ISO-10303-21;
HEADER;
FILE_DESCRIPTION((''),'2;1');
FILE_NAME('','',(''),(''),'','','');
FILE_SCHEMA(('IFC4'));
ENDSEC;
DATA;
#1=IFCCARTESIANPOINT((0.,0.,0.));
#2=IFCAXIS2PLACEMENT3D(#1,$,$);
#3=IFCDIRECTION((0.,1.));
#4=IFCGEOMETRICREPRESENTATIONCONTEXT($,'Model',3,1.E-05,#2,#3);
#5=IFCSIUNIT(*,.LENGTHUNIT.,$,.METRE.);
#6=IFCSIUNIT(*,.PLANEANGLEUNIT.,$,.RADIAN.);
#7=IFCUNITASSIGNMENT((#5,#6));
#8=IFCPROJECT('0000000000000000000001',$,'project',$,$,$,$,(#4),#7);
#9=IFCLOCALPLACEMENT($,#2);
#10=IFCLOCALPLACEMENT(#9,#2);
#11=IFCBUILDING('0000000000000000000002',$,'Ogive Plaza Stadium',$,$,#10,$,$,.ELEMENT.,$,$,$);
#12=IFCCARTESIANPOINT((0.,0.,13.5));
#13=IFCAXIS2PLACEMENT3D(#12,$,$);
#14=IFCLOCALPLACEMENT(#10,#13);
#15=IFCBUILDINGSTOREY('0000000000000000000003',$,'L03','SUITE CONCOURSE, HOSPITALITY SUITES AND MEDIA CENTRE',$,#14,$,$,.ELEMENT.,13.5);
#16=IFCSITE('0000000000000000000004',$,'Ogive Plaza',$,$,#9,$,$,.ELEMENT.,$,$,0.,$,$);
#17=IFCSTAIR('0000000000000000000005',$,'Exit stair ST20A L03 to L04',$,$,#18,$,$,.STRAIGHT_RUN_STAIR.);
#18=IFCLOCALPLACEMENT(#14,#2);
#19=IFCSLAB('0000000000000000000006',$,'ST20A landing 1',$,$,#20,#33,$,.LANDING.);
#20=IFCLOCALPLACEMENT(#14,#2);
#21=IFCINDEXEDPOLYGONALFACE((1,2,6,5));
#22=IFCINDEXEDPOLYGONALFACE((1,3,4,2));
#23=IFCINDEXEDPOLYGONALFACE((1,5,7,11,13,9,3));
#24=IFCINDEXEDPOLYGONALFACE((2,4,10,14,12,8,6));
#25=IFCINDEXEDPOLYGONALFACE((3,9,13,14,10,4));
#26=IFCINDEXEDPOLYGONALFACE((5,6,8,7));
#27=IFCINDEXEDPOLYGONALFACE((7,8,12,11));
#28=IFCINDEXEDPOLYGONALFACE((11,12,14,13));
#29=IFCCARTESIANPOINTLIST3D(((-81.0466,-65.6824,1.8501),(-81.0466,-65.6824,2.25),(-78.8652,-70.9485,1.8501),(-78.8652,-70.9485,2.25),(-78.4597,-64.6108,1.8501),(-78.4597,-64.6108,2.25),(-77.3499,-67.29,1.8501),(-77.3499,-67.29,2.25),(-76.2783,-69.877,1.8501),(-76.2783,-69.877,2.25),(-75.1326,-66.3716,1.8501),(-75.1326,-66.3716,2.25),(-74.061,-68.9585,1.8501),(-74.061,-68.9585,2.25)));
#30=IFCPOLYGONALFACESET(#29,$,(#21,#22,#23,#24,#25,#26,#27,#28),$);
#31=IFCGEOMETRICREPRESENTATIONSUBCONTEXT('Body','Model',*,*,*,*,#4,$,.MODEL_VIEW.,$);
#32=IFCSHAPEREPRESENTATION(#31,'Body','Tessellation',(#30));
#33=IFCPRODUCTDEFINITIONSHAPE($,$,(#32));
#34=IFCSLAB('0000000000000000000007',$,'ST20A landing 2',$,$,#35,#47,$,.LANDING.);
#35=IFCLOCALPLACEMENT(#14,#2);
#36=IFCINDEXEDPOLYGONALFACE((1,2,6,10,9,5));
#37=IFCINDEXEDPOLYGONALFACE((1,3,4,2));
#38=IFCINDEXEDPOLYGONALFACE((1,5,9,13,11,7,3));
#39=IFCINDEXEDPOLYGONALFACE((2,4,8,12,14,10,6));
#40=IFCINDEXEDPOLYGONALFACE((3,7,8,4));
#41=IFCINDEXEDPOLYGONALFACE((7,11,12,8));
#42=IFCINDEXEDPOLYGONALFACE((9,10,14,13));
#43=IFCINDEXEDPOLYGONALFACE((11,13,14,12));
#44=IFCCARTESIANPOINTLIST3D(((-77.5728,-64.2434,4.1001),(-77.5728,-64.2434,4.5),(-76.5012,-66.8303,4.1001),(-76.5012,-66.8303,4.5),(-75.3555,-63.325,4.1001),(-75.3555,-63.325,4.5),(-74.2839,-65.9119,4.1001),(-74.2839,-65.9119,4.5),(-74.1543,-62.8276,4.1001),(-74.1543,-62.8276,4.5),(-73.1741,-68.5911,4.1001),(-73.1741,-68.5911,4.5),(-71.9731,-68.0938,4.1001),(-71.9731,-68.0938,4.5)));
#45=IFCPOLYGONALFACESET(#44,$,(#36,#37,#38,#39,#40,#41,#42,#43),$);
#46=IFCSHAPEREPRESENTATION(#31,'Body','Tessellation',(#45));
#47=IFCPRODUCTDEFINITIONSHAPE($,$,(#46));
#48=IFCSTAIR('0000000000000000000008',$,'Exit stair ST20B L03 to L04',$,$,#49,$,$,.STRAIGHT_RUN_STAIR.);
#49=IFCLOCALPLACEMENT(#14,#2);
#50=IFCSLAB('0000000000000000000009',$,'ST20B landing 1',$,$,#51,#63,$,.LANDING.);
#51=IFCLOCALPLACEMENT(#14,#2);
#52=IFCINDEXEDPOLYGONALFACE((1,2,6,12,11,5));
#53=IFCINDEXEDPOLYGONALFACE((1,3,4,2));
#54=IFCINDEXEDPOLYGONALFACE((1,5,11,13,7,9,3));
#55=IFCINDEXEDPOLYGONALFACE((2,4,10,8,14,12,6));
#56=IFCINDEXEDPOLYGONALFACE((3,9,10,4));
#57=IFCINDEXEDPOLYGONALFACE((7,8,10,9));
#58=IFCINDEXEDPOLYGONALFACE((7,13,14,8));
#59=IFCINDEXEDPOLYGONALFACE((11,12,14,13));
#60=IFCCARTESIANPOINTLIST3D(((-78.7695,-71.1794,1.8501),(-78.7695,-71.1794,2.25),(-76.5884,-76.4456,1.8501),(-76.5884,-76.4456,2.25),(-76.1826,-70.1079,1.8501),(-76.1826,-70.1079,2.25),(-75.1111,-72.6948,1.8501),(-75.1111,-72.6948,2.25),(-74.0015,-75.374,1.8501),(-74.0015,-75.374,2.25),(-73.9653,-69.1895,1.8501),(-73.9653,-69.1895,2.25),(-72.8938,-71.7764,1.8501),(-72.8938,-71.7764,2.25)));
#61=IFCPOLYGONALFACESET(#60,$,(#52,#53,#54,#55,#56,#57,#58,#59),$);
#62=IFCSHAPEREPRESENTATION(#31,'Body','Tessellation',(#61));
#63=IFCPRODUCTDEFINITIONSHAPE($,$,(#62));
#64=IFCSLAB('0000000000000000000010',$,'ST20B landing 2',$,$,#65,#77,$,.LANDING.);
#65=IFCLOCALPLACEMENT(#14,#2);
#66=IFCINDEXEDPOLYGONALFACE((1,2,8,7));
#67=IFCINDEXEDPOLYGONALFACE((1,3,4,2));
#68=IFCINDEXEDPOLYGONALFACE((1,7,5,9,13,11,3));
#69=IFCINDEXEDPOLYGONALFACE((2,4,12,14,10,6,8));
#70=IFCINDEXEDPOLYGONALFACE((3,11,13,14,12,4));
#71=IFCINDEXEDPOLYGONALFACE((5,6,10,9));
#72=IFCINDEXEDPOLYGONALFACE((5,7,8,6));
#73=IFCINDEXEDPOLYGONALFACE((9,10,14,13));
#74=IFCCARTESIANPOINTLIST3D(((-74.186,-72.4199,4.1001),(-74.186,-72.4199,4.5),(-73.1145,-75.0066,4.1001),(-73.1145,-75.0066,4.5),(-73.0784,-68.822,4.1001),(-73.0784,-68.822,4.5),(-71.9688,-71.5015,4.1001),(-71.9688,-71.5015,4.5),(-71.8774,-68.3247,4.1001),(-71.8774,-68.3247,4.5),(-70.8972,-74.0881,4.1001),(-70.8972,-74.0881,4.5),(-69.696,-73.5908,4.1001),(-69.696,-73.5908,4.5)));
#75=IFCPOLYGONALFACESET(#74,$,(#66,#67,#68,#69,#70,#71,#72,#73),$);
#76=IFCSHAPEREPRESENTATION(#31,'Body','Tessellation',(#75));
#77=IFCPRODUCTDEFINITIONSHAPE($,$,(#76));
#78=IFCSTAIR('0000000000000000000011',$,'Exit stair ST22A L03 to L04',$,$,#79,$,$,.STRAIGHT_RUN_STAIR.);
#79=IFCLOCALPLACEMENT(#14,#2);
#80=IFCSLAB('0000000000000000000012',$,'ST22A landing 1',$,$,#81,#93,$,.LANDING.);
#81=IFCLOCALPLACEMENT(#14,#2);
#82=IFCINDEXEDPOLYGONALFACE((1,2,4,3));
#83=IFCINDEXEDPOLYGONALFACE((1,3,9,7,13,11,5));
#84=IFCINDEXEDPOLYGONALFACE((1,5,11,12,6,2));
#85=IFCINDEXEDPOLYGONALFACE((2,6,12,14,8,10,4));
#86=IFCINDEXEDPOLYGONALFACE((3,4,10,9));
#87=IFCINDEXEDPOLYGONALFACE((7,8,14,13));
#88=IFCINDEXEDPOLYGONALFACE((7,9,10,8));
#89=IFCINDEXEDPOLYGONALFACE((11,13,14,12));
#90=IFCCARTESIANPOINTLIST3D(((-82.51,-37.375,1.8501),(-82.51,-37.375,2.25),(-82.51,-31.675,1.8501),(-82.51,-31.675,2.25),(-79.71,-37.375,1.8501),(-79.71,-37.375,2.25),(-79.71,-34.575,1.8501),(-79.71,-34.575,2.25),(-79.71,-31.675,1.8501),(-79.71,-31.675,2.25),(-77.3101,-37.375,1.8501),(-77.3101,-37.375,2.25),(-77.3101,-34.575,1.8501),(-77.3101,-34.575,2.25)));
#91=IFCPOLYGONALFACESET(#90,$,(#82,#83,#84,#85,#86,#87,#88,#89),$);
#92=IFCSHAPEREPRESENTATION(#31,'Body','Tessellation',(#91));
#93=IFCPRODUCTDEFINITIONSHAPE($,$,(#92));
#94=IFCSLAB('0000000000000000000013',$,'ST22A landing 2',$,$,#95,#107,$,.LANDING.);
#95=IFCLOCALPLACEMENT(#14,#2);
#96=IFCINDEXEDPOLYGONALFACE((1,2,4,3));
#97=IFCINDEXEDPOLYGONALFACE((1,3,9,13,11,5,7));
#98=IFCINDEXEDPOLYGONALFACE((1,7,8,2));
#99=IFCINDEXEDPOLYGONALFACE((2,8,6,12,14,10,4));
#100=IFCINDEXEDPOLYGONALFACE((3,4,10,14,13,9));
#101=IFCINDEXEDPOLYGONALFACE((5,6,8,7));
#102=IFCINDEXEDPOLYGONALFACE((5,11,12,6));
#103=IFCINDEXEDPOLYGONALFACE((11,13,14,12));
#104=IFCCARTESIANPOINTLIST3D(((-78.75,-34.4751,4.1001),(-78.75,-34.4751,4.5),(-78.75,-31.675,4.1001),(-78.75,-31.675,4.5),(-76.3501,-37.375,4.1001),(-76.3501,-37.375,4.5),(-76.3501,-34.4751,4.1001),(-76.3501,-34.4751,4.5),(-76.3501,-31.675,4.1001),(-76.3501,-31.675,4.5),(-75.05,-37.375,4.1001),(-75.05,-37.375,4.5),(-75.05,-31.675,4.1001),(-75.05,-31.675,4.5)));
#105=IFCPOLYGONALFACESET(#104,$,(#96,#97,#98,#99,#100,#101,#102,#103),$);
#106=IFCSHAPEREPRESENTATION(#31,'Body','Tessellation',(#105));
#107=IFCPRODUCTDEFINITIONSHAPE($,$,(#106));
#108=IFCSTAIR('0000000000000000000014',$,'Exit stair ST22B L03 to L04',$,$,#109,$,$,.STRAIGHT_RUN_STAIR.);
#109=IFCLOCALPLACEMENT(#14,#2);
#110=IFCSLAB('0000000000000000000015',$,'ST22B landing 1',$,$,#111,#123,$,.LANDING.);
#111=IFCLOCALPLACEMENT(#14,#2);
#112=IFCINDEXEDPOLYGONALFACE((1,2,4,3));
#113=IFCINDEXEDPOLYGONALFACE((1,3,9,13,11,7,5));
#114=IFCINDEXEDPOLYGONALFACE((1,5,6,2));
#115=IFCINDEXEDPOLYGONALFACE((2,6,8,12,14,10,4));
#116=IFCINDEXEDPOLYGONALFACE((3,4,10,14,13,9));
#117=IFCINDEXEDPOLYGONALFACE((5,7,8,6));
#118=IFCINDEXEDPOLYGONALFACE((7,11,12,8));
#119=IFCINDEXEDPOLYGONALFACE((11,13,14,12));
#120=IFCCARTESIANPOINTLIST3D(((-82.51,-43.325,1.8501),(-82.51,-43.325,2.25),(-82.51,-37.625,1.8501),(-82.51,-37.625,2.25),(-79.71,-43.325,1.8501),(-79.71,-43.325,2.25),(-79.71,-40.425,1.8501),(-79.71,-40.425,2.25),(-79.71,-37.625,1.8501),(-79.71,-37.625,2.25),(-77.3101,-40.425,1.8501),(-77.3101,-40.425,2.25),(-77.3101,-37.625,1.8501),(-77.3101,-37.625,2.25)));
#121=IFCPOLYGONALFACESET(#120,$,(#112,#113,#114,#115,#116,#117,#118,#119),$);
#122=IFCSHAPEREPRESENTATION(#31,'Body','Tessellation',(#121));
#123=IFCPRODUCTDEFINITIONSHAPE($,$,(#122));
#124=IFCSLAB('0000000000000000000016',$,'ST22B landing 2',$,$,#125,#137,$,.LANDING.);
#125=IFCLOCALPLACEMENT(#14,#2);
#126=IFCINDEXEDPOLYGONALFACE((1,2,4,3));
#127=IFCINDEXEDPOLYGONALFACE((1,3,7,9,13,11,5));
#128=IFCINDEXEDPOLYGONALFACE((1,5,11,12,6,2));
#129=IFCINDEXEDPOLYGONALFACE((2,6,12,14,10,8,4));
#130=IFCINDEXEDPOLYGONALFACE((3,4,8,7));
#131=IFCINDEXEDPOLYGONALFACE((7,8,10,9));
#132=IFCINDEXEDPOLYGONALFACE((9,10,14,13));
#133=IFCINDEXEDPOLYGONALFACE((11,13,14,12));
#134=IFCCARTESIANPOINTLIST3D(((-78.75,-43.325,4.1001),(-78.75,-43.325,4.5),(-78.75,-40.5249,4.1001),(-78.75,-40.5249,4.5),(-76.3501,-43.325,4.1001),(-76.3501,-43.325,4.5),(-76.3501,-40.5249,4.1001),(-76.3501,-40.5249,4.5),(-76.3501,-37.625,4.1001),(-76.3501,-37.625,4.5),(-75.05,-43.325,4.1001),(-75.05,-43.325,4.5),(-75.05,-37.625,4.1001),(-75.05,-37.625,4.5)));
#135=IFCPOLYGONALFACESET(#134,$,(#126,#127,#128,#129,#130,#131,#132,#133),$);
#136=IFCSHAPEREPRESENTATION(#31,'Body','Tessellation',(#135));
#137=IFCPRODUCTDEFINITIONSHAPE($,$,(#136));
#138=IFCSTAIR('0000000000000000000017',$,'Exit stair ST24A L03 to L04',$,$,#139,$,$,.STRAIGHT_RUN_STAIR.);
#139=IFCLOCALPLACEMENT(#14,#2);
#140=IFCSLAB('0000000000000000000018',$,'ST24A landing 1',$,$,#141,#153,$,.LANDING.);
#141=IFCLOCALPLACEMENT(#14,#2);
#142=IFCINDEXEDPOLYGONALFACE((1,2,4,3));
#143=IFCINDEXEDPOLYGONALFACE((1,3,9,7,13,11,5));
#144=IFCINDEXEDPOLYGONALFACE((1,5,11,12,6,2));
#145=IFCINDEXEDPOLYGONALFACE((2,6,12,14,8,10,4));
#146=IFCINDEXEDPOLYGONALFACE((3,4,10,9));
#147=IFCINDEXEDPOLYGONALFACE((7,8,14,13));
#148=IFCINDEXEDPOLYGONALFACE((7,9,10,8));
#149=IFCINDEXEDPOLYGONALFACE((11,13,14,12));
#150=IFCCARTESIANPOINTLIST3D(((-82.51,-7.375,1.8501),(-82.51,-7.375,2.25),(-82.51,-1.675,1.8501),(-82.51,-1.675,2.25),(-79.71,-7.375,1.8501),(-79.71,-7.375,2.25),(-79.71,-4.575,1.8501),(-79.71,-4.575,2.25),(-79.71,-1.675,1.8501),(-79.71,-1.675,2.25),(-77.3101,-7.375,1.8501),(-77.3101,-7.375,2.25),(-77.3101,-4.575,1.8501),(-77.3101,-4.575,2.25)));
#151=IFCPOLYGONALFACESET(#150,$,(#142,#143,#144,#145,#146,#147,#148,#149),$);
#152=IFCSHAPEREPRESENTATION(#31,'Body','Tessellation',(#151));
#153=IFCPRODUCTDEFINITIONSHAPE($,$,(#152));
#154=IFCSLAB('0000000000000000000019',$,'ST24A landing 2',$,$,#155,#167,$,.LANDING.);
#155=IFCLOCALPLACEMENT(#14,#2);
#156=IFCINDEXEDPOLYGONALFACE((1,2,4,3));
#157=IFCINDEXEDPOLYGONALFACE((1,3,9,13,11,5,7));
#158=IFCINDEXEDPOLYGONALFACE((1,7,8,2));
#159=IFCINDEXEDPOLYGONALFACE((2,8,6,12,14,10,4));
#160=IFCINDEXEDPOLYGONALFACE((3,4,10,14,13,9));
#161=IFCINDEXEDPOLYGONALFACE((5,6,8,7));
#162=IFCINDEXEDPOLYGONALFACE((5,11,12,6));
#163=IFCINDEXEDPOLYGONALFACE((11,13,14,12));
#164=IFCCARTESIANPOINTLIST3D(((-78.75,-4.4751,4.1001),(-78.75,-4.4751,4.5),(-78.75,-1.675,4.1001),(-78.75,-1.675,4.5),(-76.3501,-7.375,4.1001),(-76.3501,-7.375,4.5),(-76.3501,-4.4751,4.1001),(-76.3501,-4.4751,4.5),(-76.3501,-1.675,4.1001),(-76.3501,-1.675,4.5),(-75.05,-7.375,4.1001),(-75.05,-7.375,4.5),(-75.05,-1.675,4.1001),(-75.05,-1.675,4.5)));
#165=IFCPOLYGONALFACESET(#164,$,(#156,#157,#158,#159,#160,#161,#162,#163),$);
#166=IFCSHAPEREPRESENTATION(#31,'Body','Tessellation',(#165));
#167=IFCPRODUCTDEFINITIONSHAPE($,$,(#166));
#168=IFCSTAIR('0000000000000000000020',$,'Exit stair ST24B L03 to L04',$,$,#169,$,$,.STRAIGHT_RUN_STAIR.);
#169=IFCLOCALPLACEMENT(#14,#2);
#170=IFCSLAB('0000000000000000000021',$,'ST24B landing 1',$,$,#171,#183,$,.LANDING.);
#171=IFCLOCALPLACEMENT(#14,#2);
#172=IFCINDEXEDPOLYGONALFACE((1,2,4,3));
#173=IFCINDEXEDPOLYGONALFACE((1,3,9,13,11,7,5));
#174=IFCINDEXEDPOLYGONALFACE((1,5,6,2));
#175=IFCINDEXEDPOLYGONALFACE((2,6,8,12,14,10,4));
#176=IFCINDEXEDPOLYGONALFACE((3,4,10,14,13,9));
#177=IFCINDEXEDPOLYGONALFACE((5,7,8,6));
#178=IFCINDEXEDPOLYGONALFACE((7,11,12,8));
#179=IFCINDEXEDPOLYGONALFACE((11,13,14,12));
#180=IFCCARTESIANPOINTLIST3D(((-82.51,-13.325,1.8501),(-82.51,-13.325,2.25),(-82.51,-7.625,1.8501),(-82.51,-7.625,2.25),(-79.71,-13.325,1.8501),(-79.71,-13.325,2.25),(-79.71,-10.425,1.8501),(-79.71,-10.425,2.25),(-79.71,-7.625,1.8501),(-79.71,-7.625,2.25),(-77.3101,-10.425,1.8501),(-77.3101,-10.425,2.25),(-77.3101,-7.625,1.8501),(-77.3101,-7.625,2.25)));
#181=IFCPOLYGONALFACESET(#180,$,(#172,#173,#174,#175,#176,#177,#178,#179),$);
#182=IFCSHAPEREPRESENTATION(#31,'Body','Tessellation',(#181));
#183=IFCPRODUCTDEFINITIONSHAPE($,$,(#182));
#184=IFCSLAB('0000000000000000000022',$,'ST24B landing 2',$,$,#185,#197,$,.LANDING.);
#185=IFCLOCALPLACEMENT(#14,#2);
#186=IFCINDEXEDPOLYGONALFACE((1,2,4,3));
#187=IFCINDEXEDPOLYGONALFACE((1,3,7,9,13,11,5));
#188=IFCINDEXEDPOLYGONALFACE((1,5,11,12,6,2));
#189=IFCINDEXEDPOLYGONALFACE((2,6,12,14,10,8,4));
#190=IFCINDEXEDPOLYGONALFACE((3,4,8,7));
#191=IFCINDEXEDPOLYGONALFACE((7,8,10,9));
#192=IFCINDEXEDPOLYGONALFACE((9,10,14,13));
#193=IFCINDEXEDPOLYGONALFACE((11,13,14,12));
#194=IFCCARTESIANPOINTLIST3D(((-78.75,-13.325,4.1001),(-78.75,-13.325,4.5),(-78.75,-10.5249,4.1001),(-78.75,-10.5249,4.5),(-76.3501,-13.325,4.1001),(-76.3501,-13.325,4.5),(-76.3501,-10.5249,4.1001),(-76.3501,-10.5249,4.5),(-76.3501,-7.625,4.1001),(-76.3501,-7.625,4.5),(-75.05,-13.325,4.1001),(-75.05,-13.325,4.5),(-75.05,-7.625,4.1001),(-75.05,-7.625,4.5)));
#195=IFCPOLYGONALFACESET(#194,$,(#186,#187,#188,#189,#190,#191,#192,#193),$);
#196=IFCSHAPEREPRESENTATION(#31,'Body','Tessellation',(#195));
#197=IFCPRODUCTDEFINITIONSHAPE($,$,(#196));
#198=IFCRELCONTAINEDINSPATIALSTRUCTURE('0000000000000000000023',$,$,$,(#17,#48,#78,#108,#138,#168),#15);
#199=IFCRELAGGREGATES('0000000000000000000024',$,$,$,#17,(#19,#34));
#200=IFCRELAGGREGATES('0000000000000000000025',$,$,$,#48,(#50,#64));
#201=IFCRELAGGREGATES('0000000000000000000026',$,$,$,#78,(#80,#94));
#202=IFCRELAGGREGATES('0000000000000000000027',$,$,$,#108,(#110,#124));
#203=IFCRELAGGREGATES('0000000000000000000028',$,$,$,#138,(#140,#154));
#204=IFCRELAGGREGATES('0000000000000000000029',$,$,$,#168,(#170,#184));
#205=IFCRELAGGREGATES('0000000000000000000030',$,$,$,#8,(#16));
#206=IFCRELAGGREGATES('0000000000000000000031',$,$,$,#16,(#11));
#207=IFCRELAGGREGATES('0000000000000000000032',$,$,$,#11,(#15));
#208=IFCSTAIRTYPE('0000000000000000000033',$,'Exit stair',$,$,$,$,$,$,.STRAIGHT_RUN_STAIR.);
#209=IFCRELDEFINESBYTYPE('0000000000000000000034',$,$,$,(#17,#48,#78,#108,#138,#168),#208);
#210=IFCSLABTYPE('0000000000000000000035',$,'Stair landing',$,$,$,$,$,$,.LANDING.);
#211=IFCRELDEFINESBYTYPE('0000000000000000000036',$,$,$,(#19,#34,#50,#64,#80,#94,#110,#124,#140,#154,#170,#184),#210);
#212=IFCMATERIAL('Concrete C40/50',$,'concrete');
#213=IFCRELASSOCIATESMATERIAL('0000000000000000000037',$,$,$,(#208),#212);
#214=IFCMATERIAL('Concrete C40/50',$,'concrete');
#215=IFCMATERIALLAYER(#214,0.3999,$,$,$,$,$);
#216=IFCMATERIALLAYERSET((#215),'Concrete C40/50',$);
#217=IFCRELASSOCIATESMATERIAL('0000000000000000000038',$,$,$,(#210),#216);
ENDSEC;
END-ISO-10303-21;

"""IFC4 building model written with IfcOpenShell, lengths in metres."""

from ifc_helpers import new_model, si_unit, direction, frame, origin, place, context, subcontext, project, spatial, polyline, outline, extrude, material, layer, layer_set, type_object, element, aggregate, save


model = new_model("IFC4")

# Units and contexts
model_context = context("Model", 3, precision=1e-05, world=origin(), true_north=direction((0.0, 1.0)))
body_context = subcontext(model_context, "Body", "Model", "MODEL_VIEW")
ifc_project = project(units=[si_unit("LENGTHUNIT", "METRE"), si_unit("PLANEANGLEUNIT", "RADIAN")], contexts=[model_context])

# Site, building, storey
site_placement = place(None, origin())
site = spatial("IfcSite", under=ifc_project, at=site_placement, Name="Ogive Plaza", CompositionType="ELEMENT", RefElevation=0.0)
building_placement = place(site_placement, origin())
building = spatial("IfcBuilding", under=site, at=building_placement, Name="Ogive Plaza Stadium", CompositionType="ELEMENT")
storey_placement = place(building_placement, frame((0.0, 0.0, 13.5)))
storey = spatial("IfcBuildingStorey", under=building, at=storey_placement, Name="L03", Description="SUITE CONCOURSE, HOSPITALITY SUITES AND MEDIA CENTRE", CompositionType="ELEMENT", Elevation=13.5)

# Stairs, slabs
ifc_material_1 = material(Name="Concrete C40/50", Category="concrete")
stair_type = type_object("IfcStairType", Name="Exit stair", PredefinedType="STRAIGHT_RUN_STAIR", material=ifc_material_1)
ifc_material_2 = material(Name="Concrete C40/50", Category="concrete")
ifc_layer = layer(ifc_material_2, 0.3999)
ifc_layer_set = layer_set([ifc_layer], Name="Concrete C40/50")
slab_type = type_object("IfcSlabType", Name="Stair landing", PredefinedType="LANDING", material=ifc_layer_set)
stair_1_placement = place(storey_placement, origin())
stair_1 = element("IfcStair", 1, at=stair_1_placement, inside=storey, type_object=stair_type, Name="Exit stair ST20A L03 to L04", PredefinedType="STRAIGHT_RUN_STAIR")
slab_1_placement = place(storey_placement, frame((0.0, 0.0, 1.8501)))
slab_1 = element("IfcSlab", 2, at=slab_1_placement, type_object=slab_type, Name="ST20A landing 1", PredefinedType="LANDING", context=body_context, shape_type="SweptSolid", body=[
    extrude(outline(polyline([(-78.8652, -70.9485), (-81.0466, -65.6824), (-78.4597, -64.6108), (-77.3499, -67.29), (-75.1326, -66.3716), (-74.061, -68.9585), (-76.2783, -69.877), (-78.8652, -70.9485)])), origin(), (0.0, 0.0, 1.0), 0.3999),
])
slab_2_placement = place(storey_placement, frame((0.0, 0.0, 4.1001)))
slab_2 = element("IfcSlab", 3, at=slab_2_placement, type_object=slab_type, Name="ST20A landing 2", PredefinedType="LANDING", context=body_context, shape_type="SweptSolid", body=[
    extrude(outline(polyline([(-76.5012, -66.8303), (-77.5728, -64.2434), (-75.3555, -63.325), (-74.1543, -62.8276), (-71.9731, -68.0938), (-73.1741, -68.5911), (-74.2839, -65.9119), (-76.5012, -66.8303)])), origin(), (0.0, 0.0, 1.0), 0.3999),
])
aggregate(stair_1, [slab_1, slab_2])
stair_2_placement = place(storey_placement, origin())
stair_2 = element("IfcStair", 4, at=stair_2_placement, inside=storey, type_object=stair_type, Name="Exit stair ST20B L03 to L04", PredefinedType="STRAIGHT_RUN_STAIR")
slab_3_placement = place(storey_placement, frame((0.0, 0.0, 1.8501)))
slab_3 = element("IfcSlab", 5, at=slab_3_placement, type_object=slab_type, Name="ST20B landing 1", PredefinedType="LANDING", context=body_context, shape_type="SweptSolid", body=[
    extrude(outline(polyline([(-73.9653, -69.1895), (-72.8938, -71.7764), (-75.1111, -72.6948), (-74.0015, -75.374), (-76.5884, -76.4456), (-78.7695, -71.1794), (-76.1826, -70.1079), (-73.9653, -69.1895)])), origin(), (0.0, 0.0, 1.0), 0.3999),
])
slab_4_placement = place(storey_placement, frame((0.0, 0.0, 4.1001)))
slab_4 = element("IfcSlab", 6, at=slab_4_placement, type_object=slab_type, Name="ST20B landing 2", PredefinedType="LANDING", context=body_context, shape_type="SweptSolid", body=[
    extrude(outline(polyline([(-73.0784, -68.822), (-71.8774, -68.3247), (-69.696, -73.5908), (-70.8972, -74.0881), (-73.1145, -75.0066), (-74.186, -72.4199), (-71.9688, -71.5015), (-73.0784, -68.822)])), origin(), (0.0, 0.0, 1.0), 0.3999),
])
aggregate(stair_2, [slab_3, slab_4])
stair_3_placement = place(storey_placement, origin())
stair_3 = element("IfcStair", 7, at=stair_3_placement, inside=storey, type_object=stair_type, Name="Exit stair ST22A L03 to L04", PredefinedType="STRAIGHT_RUN_STAIR")
slab_5_placement = place(storey_placement, frame((0.0, 0.0, 1.8501)))
slab_5 = element("IfcSlab", 8, at=slab_5_placement, type_object=slab_type, Name="ST22A landing 1", PredefinedType="LANDING", context=body_context, shape_type="SweptSolid", body=[
    extrude(outline(polyline([(-82.51, -37.375), (-82.51, -31.675), (-79.71, -31.675), (-79.71, -34.575), (-77.3101, -34.575), (-77.3101, -37.375), (-79.71, -37.375), (-82.51, -37.375)])), origin(), (0.0, 0.0, 1.0), 0.3999),
])
slab_6_placement = place(storey_placement, frame((0.0, 0.0, 4.1001)))
slab_6 = element("IfcSlab", 9, at=slab_6_placement, type_object=slab_type, Name="ST22A landing 2", PredefinedType="LANDING", context=body_context, shape_type="SweptSolid", body=[
    extrude(outline(polyline([(-78.75, -34.4751), (-78.75, -31.675), (-76.3501, -31.675), (-75.05, -31.675), (-75.05, -37.375), (-76.3501, -37.375), (-76.3501, -34.4751), (-78.75, -34.4751)])), origin(), (0.0, 0.0, 1.0), 0.3999),
])
aggregate(stair_3, [slab_5, slab_6])
stair_4_placement = place(storey_placement, origin())
stair_4 = element("IfcStair", 10, at=stair_4_placement, inside=storey, type_object=stair_type, Name="Exit stair ST22B L03 to L04", PredefinedType="STRAIGHT_RUN_STAIR")
slab_7_placement = place(storey_placement, frame((0.0, 0.0, 1.8501)))
slab_7 = element("IfcSlab", 11, at=slab_7_placement, type_object=slab_type, Name="ST22B landing 1", PredefinedType="LANDING", context=body_context, shape_type="SweptSolid", body=[
    extrude(outline(polyline([(-77.3101, -37.625), (-77.3101, -40.425), (-79.71, -40.425), (-79.71, -43.325), (-82.51, -43.325), (-82.51, -37.625), (-79.71, -37.625), (-77.3101, -37.625)])), origin(), (0.0, 0.0, 1.0), 0.3999),
])
slab_8_placement = place(storey_placement, frame((0.0, 0.0, 4.1001)))
slab_8 = element("IfcSlab", 12, at=slab_8_placement, type_object=slab_type, Name="ST22B landing 2", PredefinedType="LANDING", context=body_context, shape_type="SweptSolid", body=[
    extrude(outline(polyline([(-76.3501, -37.625), (-75.05, -37.625), (-75.05, -43.325), (-76.3501, -43.325), (-78.75, -43.325), (-78.75, -40.5249), (-76.3501, -40.5249), (-76.3501, -37.625)])), origin(), (0.0, 0.0, 1.0), 0.3999),
])
aggregate(stair_4, [slab_7, slab_8])
stair_5_placement = place(storey_placement, origin())
stair_5 = element("IfcStair", 13, at=stair_5_placement, inside=storey, type_object=stair_type, Name="Exit stair ST24A L03 to L04", PredefinedType="STRAIGHT_RUN_STAIR")
slab_9_placement = place(storey_placement, frame((0.0, 0.0, 1.8501)))
slab_9 = element("IfcSlab", 14, at=slab_9_placement, type_object=slab_type, Name="ST24A landing 1", PredefinedType="LANDING", context=body_context, shape_type="SweptSolid", body=[
    extrude(outline(polyline([(-82.51, -7.375), (-82.51, -1.675), (-79.71, -1.675), (-79.71, -4.575), (-77.3101, -4.575), (-77.3101, -7.375), (-79.71, -7.375), (-82.51, -7.375)])), origin(), (0.0, 0.0, 1.0), 0.3999),
])
slab_10_placement = place(storey_placement, frame((0.0, 0.0, 4.1001)))
slab_10 = element("IfcSlab", 15, at=slab_10_placement, type_object=slab_type, Name="ST24A landing 2", PredefinedType="LANDING", context=body_context, shape_type="SweptSolid", body=[
    extrude(outline(polyline([(-78.75, -4.4751), (-78.75, -1.675), (-76.3501, -1.675), (-75.05, -1.675), (-75.05, -7.375), (-76.3501, -7.375), (-76.3501, -4.4751), (-78.75, -4.4751)])), origin(), (0.0, 0.0, 1.0), 0.3999),
])
aggregate(stair_5, [slab_9, slab_10])
stair_6_placement = place(storey_placement, origin())
stair_6 = element("IfcStair", 16, at=stair_6_placement, inside=storey, type_object=stair_type, Name="Exit stair ST24B L03 to L04", PredefinedType="STRAIGHT_RUN_STAIR")
slab_11_placement = place(storey_placement, frame((0.0, 0.0, 1.8501)))
slab_11 = element("IfcSlab", 17, at=slab_11_placement, type_object=slab_type, Name="ST24B landing 1", PredefinedType="LANDING", context=body_context, shape_type="SweptSolid", body=[
    extrude(outline(polyline([(-77.3101, -7.625), (-77.3101, -10.425), (-79.71, -10.425), (-79.71, -13.325), (-82.51, -13.325), (-82.51, -7.625), (-79.71, -7.625), (-77.3101, -7.625)])), origin(), (0.0, 0.0, 1.0), 0.3999),
])
slab_12_placement = place(storey_placement, frame((0.0, 0.0, 4.1001)))
slab_12 = element("IfcSlab", 18, at=slab_12_placement, type_object=slab_type, Name="ST24B landing 2", PredefinedType="LANDING", context=body_context, shape_type="SweptSolid", body=[
    extrude(outline(polyline([(-76.3501, -7.625), (-75.05, -7.625), (-75.05, -13.325), (-76.3501, -13.325), (-78.75, -13.325), (-78.75, -10.5249), (-76.3501, -10.5249), (-76.3501, -7.625)])), origin(), (0.0, 0.0, 1.0), 0.3999),
])
aggregate(stair_6, [slab_11, slab_12])

save(model, "model.ifc")
